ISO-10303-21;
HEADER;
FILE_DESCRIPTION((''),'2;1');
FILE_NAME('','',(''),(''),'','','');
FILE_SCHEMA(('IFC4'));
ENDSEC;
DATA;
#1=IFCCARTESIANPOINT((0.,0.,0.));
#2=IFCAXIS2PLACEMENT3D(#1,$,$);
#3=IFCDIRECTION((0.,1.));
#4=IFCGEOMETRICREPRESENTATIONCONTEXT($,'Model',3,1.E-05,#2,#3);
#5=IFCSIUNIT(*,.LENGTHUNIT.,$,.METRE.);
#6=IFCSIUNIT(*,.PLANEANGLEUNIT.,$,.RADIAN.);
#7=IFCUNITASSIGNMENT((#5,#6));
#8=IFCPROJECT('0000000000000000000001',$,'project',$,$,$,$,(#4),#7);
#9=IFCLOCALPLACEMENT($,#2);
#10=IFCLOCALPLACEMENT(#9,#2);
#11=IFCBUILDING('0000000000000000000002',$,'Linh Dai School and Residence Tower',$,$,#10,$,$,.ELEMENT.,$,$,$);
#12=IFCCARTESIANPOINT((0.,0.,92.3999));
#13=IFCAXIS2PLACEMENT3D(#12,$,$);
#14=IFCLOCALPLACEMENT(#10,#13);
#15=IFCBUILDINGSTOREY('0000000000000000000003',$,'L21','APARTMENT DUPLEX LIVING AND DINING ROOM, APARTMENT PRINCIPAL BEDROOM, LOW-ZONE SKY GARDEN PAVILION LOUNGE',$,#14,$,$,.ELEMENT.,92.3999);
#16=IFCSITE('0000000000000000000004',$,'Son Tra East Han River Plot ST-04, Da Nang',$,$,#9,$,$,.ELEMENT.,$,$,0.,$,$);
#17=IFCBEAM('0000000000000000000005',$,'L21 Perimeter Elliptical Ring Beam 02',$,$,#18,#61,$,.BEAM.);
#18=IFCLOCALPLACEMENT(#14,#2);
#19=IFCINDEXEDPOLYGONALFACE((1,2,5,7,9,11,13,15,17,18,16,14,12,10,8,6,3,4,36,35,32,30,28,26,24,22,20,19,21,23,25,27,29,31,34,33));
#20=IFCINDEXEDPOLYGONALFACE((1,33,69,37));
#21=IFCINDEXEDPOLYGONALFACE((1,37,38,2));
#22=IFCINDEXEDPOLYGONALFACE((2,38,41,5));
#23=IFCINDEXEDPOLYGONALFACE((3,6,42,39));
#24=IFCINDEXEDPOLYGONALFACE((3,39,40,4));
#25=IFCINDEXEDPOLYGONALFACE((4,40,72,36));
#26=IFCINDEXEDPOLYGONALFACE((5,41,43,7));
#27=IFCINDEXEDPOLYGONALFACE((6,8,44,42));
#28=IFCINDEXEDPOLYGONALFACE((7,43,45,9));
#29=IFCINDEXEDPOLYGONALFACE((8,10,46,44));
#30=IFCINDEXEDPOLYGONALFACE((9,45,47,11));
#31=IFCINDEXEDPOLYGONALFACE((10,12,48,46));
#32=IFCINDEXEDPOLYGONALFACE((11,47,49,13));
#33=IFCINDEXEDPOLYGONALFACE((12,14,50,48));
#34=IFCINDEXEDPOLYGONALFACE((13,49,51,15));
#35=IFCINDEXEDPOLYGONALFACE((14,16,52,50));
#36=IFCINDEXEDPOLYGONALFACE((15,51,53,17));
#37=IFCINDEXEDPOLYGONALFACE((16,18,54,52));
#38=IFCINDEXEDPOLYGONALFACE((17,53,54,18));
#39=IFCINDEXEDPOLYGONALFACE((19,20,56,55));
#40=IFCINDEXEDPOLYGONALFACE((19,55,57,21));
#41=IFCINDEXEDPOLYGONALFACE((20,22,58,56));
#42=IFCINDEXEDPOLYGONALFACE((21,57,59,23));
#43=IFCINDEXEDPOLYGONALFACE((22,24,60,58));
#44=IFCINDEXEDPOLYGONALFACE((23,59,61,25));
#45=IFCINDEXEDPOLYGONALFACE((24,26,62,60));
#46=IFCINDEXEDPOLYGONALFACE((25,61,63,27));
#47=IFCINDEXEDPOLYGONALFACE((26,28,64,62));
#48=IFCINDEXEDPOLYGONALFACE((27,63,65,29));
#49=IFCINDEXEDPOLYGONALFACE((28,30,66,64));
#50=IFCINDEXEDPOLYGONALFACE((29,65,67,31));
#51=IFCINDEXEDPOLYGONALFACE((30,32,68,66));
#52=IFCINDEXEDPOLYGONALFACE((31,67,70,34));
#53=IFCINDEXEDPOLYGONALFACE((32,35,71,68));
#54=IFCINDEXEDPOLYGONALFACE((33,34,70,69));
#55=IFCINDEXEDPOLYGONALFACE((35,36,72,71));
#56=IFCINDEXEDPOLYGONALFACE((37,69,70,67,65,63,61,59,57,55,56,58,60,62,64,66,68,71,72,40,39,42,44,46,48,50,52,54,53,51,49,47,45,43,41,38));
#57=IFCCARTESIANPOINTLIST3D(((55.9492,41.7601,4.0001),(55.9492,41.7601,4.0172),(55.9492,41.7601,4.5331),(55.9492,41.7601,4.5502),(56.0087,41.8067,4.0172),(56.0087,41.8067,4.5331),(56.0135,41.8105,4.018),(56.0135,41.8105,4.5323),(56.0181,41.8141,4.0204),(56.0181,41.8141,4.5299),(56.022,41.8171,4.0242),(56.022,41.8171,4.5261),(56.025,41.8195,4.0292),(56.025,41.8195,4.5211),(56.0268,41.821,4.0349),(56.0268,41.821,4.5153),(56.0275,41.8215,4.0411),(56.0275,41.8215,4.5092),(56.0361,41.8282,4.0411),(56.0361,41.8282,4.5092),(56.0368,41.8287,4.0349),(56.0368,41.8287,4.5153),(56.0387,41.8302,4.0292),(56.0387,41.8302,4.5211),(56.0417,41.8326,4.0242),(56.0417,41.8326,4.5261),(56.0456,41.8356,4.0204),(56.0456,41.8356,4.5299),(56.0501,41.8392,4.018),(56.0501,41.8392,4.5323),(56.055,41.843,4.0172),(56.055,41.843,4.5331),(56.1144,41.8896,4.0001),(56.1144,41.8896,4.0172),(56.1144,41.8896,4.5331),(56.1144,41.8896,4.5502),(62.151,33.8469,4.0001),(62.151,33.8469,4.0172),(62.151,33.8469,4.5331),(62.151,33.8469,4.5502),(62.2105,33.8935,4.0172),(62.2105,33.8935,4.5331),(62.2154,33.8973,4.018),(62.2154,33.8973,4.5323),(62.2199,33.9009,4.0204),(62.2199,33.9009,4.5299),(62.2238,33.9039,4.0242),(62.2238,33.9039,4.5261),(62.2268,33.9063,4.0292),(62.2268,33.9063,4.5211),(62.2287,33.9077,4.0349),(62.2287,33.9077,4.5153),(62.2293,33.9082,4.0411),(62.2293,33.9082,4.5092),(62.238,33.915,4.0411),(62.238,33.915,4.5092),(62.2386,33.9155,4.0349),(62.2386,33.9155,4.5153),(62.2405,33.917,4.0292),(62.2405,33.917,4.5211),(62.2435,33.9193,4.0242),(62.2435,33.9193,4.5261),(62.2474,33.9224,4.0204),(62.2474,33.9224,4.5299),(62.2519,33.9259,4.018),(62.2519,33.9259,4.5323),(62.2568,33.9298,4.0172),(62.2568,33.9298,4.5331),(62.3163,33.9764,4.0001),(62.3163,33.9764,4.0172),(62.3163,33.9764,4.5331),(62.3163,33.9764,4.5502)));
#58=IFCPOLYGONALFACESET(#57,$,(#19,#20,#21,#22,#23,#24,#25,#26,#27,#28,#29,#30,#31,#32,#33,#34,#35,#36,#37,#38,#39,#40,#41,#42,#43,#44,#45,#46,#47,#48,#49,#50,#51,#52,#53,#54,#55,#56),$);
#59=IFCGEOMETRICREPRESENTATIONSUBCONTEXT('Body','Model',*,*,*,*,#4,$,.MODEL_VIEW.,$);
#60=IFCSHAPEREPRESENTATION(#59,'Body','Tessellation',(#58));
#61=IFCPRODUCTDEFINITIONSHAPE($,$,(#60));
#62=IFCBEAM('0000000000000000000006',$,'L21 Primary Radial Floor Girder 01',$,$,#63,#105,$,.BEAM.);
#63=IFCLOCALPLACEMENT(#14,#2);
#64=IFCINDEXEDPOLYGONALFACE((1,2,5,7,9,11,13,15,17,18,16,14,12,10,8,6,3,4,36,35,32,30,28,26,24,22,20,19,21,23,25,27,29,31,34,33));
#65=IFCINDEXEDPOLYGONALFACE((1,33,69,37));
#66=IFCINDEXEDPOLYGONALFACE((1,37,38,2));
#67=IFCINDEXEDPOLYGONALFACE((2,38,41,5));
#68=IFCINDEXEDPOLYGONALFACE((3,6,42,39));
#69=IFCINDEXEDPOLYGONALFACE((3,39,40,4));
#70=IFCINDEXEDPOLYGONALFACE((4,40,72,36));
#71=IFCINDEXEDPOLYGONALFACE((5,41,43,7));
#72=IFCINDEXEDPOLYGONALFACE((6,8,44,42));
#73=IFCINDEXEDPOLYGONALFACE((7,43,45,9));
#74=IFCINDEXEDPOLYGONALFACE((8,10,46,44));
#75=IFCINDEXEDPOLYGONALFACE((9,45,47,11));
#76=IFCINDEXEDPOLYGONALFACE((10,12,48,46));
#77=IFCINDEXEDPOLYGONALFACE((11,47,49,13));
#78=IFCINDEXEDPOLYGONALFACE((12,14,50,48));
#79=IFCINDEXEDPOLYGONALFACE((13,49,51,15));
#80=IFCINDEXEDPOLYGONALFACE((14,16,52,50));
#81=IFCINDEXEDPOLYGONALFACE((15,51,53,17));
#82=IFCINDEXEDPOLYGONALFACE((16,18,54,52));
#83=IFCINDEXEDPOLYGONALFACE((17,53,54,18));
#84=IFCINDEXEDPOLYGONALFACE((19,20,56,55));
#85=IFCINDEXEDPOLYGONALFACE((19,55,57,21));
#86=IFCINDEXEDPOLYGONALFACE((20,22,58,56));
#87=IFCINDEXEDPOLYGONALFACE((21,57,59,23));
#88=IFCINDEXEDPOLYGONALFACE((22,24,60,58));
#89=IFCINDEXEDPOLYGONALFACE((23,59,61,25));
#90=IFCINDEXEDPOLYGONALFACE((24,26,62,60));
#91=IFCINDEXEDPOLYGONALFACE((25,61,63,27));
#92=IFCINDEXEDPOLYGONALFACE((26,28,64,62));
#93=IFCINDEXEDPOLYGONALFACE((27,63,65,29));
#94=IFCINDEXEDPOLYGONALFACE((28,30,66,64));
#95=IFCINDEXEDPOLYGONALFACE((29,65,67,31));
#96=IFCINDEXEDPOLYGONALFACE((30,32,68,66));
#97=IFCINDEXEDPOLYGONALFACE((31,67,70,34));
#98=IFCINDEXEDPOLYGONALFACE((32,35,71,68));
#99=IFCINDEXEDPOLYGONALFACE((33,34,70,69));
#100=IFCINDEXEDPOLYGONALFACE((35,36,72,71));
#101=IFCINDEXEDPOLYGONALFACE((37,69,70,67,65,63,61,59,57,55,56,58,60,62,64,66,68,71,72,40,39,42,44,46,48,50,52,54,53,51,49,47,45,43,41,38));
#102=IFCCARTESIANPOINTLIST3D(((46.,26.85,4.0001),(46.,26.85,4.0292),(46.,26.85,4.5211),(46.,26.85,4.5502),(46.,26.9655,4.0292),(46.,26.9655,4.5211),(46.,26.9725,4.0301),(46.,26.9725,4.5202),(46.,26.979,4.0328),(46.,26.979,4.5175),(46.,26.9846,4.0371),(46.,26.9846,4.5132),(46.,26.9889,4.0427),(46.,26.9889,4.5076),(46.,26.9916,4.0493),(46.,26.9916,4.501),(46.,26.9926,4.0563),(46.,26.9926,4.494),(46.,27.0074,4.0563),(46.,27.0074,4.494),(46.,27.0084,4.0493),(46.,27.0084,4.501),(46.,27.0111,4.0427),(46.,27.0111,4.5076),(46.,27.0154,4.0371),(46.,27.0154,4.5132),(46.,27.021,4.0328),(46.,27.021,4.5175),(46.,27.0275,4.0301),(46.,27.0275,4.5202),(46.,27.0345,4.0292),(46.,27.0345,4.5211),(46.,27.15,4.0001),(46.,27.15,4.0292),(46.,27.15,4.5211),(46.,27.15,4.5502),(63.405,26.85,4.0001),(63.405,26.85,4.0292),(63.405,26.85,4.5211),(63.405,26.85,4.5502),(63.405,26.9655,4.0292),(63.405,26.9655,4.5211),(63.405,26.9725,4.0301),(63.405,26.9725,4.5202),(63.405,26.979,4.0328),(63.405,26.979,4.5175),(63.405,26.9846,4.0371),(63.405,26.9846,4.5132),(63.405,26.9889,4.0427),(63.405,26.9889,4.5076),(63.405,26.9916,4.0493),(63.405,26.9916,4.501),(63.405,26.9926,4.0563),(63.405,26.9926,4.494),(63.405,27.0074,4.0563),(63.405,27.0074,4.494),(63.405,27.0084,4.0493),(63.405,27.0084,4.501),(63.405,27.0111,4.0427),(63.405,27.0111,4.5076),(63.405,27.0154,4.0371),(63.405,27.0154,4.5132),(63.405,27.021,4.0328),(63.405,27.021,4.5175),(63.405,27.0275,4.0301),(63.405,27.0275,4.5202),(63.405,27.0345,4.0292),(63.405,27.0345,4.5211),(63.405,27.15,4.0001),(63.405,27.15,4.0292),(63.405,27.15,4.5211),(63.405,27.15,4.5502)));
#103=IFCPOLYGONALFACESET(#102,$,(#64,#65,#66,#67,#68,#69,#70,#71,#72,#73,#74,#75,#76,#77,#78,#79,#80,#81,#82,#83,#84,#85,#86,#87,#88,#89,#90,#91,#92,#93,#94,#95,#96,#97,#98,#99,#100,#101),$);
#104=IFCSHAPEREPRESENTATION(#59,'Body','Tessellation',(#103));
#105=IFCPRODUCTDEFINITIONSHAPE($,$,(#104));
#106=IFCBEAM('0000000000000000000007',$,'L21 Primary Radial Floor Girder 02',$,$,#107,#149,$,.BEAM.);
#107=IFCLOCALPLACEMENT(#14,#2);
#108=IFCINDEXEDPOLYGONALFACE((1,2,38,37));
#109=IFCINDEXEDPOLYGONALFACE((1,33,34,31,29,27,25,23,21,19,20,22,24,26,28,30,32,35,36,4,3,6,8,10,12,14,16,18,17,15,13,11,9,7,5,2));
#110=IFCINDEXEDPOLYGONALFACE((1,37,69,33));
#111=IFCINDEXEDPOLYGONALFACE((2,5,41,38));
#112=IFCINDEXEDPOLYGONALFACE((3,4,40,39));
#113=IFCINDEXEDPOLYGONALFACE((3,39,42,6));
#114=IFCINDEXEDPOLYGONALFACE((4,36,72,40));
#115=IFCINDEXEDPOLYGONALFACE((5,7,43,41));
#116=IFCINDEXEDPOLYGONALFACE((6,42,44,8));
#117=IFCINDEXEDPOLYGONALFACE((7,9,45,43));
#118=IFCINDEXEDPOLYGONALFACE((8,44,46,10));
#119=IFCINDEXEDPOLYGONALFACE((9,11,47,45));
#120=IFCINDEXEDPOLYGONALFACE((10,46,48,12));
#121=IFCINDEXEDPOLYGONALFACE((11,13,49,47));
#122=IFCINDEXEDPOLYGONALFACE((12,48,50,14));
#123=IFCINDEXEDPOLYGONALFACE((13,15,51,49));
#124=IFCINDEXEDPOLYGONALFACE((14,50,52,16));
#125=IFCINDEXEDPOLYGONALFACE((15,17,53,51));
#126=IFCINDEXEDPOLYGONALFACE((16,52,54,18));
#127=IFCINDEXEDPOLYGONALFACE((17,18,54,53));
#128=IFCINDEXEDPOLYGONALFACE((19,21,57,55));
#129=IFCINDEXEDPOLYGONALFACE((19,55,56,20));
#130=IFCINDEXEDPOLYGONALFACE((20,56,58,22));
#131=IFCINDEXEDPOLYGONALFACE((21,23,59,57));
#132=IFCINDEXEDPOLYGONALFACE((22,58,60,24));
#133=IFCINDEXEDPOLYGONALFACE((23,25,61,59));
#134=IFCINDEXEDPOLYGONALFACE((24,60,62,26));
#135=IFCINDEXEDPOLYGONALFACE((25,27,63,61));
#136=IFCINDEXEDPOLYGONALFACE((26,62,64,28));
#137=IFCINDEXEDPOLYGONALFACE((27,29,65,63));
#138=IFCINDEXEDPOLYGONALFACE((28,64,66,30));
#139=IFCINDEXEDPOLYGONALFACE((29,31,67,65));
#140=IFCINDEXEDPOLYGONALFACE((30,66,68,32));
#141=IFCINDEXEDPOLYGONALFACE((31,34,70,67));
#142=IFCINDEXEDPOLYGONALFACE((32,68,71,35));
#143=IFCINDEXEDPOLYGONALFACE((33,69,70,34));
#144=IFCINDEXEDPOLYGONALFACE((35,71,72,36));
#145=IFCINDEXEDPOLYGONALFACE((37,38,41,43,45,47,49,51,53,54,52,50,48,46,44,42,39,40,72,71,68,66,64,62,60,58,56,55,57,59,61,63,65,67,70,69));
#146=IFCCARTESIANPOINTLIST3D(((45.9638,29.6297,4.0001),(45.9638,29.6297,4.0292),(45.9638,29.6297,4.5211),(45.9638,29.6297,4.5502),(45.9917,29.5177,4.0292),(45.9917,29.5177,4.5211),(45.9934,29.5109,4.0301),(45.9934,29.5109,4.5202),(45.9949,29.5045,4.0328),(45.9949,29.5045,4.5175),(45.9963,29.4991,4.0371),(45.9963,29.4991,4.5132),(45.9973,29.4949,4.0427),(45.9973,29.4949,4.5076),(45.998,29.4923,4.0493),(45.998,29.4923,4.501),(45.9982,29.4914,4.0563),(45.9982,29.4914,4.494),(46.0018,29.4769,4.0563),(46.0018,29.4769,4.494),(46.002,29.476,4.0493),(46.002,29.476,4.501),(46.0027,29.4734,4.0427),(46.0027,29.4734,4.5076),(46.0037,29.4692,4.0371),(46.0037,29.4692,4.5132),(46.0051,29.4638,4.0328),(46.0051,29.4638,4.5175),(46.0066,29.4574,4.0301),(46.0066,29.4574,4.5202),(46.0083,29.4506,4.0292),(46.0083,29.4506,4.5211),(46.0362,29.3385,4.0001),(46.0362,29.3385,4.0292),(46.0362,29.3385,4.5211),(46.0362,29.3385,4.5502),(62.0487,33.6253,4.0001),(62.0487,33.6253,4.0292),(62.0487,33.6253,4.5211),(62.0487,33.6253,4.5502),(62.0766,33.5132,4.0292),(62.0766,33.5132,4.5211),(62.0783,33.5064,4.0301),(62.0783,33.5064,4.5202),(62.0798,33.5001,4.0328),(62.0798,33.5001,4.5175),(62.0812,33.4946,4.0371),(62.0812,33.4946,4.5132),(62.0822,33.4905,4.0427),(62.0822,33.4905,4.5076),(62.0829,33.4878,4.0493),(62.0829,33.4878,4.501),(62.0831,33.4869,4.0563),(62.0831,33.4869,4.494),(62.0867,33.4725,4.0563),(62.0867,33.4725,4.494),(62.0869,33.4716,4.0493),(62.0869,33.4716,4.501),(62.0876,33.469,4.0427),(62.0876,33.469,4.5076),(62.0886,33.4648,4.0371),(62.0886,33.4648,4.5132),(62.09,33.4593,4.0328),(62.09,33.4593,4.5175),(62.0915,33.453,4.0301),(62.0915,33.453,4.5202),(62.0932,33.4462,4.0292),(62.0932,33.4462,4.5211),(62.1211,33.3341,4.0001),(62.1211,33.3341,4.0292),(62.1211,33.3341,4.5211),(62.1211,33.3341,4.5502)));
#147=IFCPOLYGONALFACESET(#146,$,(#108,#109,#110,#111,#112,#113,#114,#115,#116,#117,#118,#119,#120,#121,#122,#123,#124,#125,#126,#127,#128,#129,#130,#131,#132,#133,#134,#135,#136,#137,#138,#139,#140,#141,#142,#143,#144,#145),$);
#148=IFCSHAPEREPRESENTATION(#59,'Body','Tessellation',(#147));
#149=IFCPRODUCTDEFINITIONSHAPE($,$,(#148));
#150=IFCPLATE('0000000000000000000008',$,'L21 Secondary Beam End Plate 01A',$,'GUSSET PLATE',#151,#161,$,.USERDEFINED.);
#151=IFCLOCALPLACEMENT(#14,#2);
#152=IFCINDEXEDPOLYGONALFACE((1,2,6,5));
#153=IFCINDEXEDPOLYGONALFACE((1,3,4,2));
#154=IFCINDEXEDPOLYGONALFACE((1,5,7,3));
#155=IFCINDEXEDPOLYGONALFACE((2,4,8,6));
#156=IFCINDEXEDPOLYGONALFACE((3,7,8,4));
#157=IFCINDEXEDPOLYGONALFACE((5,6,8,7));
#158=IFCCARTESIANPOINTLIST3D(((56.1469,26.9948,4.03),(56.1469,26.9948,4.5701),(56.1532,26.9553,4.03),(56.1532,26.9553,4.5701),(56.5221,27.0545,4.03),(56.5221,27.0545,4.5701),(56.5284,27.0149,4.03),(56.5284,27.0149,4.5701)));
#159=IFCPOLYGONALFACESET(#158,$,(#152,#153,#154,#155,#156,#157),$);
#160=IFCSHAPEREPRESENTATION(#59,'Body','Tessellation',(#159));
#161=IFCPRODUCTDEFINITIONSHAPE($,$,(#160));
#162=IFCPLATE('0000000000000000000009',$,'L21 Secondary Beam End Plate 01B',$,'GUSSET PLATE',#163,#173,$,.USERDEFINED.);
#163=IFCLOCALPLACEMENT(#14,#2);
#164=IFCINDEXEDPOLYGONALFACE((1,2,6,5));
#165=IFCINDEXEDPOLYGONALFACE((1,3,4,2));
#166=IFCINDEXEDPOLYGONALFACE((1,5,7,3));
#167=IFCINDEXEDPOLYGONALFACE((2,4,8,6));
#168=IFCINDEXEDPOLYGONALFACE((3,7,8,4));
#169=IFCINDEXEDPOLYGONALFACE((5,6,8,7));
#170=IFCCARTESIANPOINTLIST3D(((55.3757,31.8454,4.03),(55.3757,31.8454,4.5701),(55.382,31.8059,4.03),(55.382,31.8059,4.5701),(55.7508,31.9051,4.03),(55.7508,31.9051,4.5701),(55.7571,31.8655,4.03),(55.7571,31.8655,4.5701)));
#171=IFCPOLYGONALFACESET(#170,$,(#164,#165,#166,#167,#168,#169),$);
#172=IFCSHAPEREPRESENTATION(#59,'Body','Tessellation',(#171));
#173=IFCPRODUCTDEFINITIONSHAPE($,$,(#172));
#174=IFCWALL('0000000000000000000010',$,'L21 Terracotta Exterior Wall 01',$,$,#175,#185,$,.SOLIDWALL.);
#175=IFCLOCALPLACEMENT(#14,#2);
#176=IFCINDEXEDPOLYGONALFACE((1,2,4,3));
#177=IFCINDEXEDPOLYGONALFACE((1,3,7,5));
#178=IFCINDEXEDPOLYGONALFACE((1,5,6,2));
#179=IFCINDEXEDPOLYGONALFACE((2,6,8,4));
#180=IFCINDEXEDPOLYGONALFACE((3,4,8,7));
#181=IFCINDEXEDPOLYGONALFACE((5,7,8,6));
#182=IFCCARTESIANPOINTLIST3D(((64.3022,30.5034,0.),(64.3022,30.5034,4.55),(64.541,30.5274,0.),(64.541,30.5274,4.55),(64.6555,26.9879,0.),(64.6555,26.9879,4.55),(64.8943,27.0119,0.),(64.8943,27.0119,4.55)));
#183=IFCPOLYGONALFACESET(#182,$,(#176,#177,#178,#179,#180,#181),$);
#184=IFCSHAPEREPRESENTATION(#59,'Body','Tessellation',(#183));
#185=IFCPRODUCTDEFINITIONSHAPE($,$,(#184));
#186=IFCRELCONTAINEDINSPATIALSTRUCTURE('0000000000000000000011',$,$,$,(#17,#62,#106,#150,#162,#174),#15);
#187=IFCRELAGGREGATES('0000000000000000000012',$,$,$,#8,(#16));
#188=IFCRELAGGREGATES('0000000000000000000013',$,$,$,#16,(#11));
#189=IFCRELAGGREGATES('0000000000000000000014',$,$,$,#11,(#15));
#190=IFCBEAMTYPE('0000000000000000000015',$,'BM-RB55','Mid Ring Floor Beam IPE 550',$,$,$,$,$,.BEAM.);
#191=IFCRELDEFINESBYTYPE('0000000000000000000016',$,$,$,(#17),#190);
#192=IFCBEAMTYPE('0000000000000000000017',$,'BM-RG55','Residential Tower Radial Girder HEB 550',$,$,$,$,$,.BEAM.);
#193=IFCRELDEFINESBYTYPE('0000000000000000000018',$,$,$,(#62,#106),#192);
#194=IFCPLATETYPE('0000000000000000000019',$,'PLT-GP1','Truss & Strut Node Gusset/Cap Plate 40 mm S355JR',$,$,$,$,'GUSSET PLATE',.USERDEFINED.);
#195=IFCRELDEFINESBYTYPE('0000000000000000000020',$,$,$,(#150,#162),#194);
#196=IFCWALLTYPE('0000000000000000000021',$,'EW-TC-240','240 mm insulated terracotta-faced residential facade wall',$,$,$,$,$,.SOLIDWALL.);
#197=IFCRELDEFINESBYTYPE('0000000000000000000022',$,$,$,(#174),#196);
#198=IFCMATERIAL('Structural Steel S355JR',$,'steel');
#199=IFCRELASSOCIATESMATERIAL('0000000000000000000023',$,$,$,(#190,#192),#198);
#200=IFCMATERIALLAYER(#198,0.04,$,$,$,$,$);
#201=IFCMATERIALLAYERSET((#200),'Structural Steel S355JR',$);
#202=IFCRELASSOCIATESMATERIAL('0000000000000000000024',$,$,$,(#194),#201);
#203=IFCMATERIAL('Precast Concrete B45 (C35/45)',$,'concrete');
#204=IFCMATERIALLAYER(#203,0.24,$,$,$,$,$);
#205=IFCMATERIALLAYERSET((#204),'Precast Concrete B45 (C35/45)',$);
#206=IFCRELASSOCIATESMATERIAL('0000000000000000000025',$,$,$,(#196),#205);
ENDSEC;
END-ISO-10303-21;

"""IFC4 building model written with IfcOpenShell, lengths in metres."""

from ifc_helpers import new_model, si_unit, direction, frame, frame_2d, origin, origin_2d, place, context, subcontext, project, spatial, rectangle, i_section, extrude, source, transform, mapped, material, layer, layer_set, material_profile, profile_set, type_object, element, save


model = new_model("IFC4")

# Units and contexts
model_context = context("Model", 3, precision=1e-05, world=origin(), true_north=direction((0.0, 1.0)))
body_context = subcontext(model_context, "Body", "Model", "MODEL_VIEW")
ifc_project = project(units=[si_unit("LENGTHUNIT", "METRE"), si_unit("PLANEANGLEUNIT", "RADIAN")], contexts=[model_context])

# Site, building, storey
site_placement = place(None, origin())
site = spatial("IfcSite", under=ifc_project, at=site_placement, Name="Son Tra East Han River Plot ST-04, Da Nang", CompositionType="ELEMENT", RefElevation=0.0)
building_placement = place(site_placement, origin())
building = spatial("IfcBuilding", under=site, at=building_placement, Name="Linh Dai School and Residence Tower", CompositionType="ELEMENT")
storey_placement = place(building_placement, frame((0.0, 0.0, 92.3999)))
storey = spatial("IfcBuildingStorey", under=building, at=storey_placement, Name="L21", Description="APARTMENT DUPLEX LIVING AND DINING ROOM, APARTMENT PRINCIPAL BEDROOM, LOW-ZONE SKY GARDEN PAVILION LOUNGE", CompositionType="ELEMENT", Elevation=92.3999)

# Shared definitions
ifc_material_1 = material(Name="Structural Steel S355JR", Category="steel")

# Beams
ifc_material_profile_1 = material_profile(ifc_material_1, i_section(OverallWidth=0.21, OverallDepth=0.55, WebThickness=0.011, FlangeThickness=0.0171, FilletRadius=0.0239, at=origin_2d()), Name="IPE 550")
ifc_profile_set_1 = profile_set([ifc_material_profile_1], Name="Structural Steel S355JR")
beam_type_1 = type_object("IfcBeamType", Name="BM-RB55", Description="Mid Ring Floor Beam IPE 550", PredefinedType="BEAM", material=ifc_profile_set_1)
beam_1_placement = place(storey_placement, frame((62.2336, 33.9116, 4.2751), z_axis=(-0.616855, 0.787077, 0.0), x_axis=(-0.787077, -0.616855, 0.0)))
element("IfcBeam", 1, at=beam_1_placement, inside=storey, type_object=beam_type_1, Name="L21 Perimeter Elliptical Ring Beam 02", PredefinedType="BEAM", context=body_context, shape_type="SweptSolid", body=[
    extrude(i_section(OverallWidth=0.21, OverallDepth=0.55, WebThickness=0.011, FlangeThickness=0.0171, FilletRadius=0.0239, at=origin_2d()), origin(), (0.0, 0.0, 1.0), 10.054),
])
ifc_material_profile_2 = material_profile(ifc_material_1, i_section(OverallWidth=0.3, OverallDepth=0.55, WebThickness=0.0149, FlangeThickness=0.0291, FilletRadius=0.0271, at=origin_2d()), Name="HEB 550")
ifc_profile_set_2 = profile_set([ifc_material_profile_2], Name="Structural Steel S355JR")
beam_type_2 = type_object("IfcBeamType", Name="BM-RG55", Description="Residential Tower Radial Girder HEB 550", PredefinedType="BEAM", material=ifc_profile_set_2)
beam_2_placement = place(storey_placement, frame((46.0, 27.0, 4.2751), z_axis=(1.0, 0.0, 0.0), x_axis=(0.0, 1.0, 0.0)))
element("IfcBeam", 2, at=beam_2_placement, inside=storey, type_object=beam_type_2, Name="L21 Primary Radial Floor Girder 01", PredefinedType="BEAM", context=body_context, shape_type="SweptSolid", body=[
    extrude(i_section(OverallWidth=0.3, OverallDepth=0.55, WebThickness=0.0149, FlangeThickness=0.0291, FilletRadius=0.0271, at=origin_2d()), origin(), (0.0, 0.0, 1.0), 17.405),
])
beam_3_placement = place(storey_placement, frame((46.0, 29.4841, 4.2751), z_axis=(0.970505, 0.24108, 0.0), x_axis=(-0.24108, 0.970505, 0.0)))
element("IfcBeam", 3, at=beam_3_placement, inside=storey, type_object=beam_type_2, Name="L21 Primary Radial Floor Girder 02", PredefinedType="BEAM", context=body_context, shape_type="SweptSolid", body=[
    extrude(i_section(OverallWidth=0.3, OverallDepth=0.55, WebThickness=0.0149, FlangeThickness=0.0291, FilletRadius=0.0271, at=origin_2d()), origin(), (0.0, 0.0, 1.0), 16.5737),
])

# Plates
ifc_layer_1 = layer(ifc_material_1, 0.04)
ifc_layer_set_1 = layer_set([ifc_layer_1], Name="Structural Steel S355JR")
plate_type = type_object("IfcPlateType", Name="PLT-GP1", Description="Truss & Strut Node Gusset/Cap Plate 40 mm S355JR", ElementType="GUSSET PLATE", PredefinedType="USERDEFINED", material=ifc_layer_set_1)
shared_shape_1 = source(origin(), body_context, "Body", "SweptSolid", [
    extrude(rectangle(XDim=0.04, YDim=0.3799, at=origin_2d()), origin(), (0.0, 0.0, 1.0), 0.54),
])
for number, where, z_axis, x_axis, name in (
    (4, (56.3376, 27.0049, 4.03), (0.0, 0.0, 1.0), (-0.157025, 0.987595, 0.0), "L21 Secondary Beam End Plate 01A"),
    (5, (55.5664, 31.8555, 4.03), (0.0, 0.0, 1.0), (-0.157025, 0.987595, 0.0), "L21 Secondary Beam End Plate 01B"),
):
    element("IfcPlate", number, at=place(storey_placement, frame(where, z_axis=z_axis, x_axis=x_axis)), inside=storey, type_object=plate_type, Name=name, ObjectType="GUSSET PLATE", PredefinedType="USERDEFINED", context=body_context, shape_type="MappedRepresentation", body=[
        mapped(shared_shape_1, transform((0.0, 0.0, 0.0), x_axis=(1.0, 0.0, 0.0), y_axis=(0.0, 1.0, 0.0), z_axis=(0.0, 0.0, 1.0), scale=1.0)),
    ])

# Wall
ifc_material_2 = material(Name="Precast Concrete B45 (C35/45)", Category="concrete")
ifc_layer_2 = layer(ifc_material_2, 0.24)
ifc_layer_set_2 = layer_set([ifc_layer_2], Name="Precast Concrete B45 (C35/45)")
wall_type_1 = type_object("IfcWallType", Name="EW-TC-240", Description="240 mm insulated terracotta-faced residential facade wall", PredefinedType="SOLIDWALL", material=ifc_layer_set_2)
wall_1_placement = place(storey_placement, frame((64.4216, 30.5154, 0.0), z_axis=(0.0, 0.0, 1.0), x_axis=(0.099989, -0.994988, 0.0)))
element("IfcWall", 6, at=wall_1_placement, inside=storey, type_object=wall_type_1, Name="L21 Terracotta Exterior Wall 01", PredefinedType="SOLIDWALL", context=body_context, shape_type="SweptSolid", body=[
    extrude(rectangle(XDim=3.5332, YDim=0.24, at=frame_2d((1.7666, 0.0))), origin(), (0.0, 0.0, 1.0), 4.55),
])

save(model, "model.ifc")
